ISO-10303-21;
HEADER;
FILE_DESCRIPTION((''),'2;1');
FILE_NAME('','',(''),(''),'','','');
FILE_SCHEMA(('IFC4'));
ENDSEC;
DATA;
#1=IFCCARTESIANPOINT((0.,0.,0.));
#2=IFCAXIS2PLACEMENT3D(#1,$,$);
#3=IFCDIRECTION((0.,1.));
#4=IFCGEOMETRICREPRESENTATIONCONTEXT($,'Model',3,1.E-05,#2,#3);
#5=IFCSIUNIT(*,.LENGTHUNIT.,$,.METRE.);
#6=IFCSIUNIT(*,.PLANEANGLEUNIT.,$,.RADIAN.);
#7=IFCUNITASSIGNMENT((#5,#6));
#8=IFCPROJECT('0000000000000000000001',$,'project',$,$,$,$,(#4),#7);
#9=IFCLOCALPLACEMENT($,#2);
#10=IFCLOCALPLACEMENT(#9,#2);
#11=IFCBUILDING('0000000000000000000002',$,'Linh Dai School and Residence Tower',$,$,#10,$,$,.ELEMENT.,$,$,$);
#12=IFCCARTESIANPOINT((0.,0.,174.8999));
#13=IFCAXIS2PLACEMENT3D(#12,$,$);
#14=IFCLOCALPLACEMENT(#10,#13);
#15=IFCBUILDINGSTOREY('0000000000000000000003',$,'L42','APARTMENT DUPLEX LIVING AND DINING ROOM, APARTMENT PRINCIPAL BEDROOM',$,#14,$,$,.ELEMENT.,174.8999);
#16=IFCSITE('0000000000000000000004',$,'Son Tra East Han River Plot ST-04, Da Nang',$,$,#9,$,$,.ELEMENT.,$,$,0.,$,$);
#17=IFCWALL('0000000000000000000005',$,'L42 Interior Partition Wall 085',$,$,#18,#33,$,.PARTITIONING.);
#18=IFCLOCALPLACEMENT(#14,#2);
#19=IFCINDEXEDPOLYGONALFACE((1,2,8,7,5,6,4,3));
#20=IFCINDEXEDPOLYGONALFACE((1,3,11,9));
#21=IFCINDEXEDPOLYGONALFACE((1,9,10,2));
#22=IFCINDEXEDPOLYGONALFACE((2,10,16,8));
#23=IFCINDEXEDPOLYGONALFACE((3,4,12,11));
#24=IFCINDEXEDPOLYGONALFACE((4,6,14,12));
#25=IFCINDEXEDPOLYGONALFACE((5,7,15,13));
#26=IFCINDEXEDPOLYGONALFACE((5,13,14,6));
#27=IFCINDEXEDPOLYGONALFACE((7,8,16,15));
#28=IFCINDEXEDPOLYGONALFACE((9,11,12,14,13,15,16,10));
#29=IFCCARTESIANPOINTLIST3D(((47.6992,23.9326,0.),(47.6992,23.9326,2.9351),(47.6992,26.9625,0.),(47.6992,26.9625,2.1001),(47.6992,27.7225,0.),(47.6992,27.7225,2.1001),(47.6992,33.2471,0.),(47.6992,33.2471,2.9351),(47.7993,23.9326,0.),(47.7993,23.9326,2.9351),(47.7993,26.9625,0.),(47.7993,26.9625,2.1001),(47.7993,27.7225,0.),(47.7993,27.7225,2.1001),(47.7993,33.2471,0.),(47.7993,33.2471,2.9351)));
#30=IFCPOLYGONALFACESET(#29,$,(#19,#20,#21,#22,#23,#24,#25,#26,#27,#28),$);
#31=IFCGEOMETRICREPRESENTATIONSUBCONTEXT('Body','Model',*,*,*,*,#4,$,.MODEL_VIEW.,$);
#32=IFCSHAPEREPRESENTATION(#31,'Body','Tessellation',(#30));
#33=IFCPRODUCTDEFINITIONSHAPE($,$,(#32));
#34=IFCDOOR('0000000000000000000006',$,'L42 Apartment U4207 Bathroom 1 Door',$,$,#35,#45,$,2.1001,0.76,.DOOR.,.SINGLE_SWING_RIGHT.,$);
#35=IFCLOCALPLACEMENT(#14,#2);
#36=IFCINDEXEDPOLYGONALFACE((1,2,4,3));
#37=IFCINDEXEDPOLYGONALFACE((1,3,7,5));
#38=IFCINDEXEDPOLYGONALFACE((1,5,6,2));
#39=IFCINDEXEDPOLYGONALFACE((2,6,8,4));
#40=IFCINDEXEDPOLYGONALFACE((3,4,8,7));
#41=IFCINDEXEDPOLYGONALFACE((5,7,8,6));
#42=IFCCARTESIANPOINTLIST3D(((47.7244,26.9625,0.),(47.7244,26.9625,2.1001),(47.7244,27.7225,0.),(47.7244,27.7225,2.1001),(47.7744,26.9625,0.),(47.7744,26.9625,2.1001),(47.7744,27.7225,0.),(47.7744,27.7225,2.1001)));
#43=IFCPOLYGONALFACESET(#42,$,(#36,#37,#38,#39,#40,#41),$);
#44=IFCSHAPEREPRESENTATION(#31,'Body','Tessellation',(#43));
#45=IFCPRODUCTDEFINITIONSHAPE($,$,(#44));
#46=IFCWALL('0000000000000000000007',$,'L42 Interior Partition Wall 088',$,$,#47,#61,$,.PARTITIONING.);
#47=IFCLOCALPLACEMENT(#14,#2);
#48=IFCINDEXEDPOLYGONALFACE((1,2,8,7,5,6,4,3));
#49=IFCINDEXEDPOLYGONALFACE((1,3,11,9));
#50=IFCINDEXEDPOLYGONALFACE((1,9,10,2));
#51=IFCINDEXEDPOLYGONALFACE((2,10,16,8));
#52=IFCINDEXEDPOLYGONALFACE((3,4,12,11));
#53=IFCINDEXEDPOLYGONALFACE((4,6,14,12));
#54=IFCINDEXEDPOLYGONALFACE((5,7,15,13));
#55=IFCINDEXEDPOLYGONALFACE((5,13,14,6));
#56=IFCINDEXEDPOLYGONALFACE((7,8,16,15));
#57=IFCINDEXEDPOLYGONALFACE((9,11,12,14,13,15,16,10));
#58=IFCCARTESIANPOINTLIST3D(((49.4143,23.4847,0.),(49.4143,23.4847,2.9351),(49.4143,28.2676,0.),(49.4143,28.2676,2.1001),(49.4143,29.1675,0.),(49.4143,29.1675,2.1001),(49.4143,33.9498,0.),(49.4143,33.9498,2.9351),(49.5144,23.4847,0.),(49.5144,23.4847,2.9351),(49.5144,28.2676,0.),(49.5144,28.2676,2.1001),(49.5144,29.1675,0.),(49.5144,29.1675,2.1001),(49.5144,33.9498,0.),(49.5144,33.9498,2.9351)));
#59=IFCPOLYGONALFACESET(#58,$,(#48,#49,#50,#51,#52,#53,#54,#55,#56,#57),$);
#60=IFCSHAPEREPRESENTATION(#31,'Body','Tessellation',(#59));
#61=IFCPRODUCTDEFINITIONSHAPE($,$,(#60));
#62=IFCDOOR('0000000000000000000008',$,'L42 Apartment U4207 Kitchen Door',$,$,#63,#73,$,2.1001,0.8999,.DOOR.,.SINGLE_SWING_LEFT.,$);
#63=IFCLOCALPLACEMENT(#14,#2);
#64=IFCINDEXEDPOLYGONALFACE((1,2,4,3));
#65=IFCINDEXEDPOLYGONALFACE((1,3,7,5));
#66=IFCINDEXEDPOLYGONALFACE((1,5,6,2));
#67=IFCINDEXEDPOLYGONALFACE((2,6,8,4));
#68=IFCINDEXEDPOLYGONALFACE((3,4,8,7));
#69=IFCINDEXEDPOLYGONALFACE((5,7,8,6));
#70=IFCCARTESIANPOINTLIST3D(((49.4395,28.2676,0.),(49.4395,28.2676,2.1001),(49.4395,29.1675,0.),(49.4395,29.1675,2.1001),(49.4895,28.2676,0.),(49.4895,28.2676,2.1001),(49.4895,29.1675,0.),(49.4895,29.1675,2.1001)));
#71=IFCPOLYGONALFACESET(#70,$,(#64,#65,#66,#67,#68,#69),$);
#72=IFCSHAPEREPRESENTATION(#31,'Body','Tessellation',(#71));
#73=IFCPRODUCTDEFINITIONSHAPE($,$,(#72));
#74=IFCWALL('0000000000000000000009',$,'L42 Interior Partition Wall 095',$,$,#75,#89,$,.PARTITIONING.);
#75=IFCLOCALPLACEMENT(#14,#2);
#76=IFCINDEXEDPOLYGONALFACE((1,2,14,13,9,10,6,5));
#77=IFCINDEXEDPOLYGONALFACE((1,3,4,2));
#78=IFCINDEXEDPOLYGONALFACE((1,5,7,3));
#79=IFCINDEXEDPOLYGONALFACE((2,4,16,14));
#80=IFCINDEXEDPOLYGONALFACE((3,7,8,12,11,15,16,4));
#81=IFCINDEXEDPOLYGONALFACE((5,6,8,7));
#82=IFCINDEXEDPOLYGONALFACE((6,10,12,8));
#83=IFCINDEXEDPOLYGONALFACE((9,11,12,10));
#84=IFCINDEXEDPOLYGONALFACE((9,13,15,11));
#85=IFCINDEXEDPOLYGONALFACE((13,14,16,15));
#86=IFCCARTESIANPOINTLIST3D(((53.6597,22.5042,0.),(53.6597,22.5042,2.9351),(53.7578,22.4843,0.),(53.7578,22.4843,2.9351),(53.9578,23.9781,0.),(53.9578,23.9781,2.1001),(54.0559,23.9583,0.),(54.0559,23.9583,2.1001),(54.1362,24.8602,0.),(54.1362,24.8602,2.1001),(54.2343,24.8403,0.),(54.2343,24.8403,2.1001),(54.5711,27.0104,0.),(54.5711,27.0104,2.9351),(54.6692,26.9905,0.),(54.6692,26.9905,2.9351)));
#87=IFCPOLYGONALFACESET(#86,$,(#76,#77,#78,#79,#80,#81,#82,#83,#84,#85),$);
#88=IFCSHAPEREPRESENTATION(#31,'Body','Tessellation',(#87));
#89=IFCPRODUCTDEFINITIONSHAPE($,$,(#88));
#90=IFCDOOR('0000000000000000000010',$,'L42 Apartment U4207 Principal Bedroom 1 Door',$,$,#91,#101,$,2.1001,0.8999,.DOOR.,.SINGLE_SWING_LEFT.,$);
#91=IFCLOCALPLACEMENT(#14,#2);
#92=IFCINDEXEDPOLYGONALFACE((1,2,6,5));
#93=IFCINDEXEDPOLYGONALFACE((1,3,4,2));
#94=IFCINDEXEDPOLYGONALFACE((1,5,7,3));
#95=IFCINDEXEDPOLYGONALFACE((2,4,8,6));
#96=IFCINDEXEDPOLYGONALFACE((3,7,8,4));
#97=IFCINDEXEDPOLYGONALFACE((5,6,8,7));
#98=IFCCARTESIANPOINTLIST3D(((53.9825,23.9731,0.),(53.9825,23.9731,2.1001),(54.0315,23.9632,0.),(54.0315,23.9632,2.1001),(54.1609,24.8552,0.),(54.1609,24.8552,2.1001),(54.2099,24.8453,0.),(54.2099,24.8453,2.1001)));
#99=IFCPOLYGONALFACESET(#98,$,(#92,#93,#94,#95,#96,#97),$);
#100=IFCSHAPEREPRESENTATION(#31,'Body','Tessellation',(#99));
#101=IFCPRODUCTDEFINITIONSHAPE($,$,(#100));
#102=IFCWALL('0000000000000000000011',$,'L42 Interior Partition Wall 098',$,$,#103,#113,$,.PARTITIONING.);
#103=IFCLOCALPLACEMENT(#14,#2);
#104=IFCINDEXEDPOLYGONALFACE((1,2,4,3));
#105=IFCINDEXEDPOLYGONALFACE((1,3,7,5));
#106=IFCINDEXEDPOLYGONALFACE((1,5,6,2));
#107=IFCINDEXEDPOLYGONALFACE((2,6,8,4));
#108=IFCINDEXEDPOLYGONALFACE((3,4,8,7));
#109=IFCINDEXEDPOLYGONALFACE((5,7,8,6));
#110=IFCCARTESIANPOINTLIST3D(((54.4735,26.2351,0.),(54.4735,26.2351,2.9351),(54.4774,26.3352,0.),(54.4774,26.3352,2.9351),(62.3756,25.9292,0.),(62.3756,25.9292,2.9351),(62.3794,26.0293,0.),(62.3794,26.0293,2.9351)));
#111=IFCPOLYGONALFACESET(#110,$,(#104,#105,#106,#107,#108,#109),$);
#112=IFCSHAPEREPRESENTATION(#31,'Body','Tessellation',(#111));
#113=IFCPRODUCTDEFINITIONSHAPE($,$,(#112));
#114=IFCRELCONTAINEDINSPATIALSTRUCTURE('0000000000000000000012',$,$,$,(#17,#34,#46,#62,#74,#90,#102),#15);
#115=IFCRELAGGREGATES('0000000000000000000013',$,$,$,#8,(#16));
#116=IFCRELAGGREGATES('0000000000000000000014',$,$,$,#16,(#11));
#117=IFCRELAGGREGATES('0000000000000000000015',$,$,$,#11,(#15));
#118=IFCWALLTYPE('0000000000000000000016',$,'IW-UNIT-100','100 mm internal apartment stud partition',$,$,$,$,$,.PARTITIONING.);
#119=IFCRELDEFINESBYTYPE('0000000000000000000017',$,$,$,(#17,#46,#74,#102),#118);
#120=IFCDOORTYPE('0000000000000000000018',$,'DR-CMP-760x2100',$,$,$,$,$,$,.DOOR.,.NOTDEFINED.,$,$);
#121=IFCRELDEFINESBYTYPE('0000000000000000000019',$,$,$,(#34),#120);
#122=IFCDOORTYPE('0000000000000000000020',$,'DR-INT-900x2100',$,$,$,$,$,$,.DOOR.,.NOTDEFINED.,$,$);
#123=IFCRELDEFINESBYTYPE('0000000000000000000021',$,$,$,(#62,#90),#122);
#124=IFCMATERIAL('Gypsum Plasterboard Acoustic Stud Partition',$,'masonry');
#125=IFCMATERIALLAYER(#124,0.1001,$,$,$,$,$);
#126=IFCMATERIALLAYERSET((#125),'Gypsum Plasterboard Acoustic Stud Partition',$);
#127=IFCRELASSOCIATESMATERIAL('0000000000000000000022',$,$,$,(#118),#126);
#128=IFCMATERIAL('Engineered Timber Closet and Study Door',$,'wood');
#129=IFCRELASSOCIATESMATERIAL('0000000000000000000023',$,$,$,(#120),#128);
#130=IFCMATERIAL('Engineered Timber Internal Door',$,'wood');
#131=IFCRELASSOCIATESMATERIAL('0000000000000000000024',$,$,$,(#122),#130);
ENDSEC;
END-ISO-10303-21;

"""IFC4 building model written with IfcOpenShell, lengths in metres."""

from ifc_helpers import new_model, si_unit, direction, frame, frame_2d, origin, origin_2d, place, context, subcontext, project, spatial, rectangle, extrude, source, transform, mapped, material, layer, layer_set, type_object, element, fill, save


model = new_model("IFC4")

# Units and contexts
model_context = context("Model", 3, precision=1e-05, world=origin(), true_north=direction((0.0, 1.0)))
body_context = subcontext(model_context, "Body", "Model", "MODEL_VIEW")
ifc_project = project(units=[si_unit("LENGTHUNIT", "METRE"), si_unit("PLANEANGLEUNIT", "RADIAN")], contexts=[model_context])

# Site, building, storey
site_placement = place(None, origin())
site = spatial("IfcSite", under=ifc_project, at=site_placement, Name="Son Tra East Han River Plot ST-04, Da Nang", CompositionType="ELEMENT", RefElevation=0.0)
building_placement = place(site_placement, origin())
building = spatial("IfcBuilding", under=site, at=building_placement, Name="Linh Dai School and Residence Tower", CompositionType="ELEMENT")
storey_placement = place(building_placement, frame((0.0, 0.0, 174.8999)))
storey = spatial("IfcBuildingStorey", under=building, at=storey_placement, Name="L42", Description="APARTMENT DUPLEX LIVING AND DINING ROOM, APARTMENT PRINCIPAL BEDROOM", CompositionType="ELEMENT", Elevation=174.8999)

# Walls, openings, doors
ifc_material_1 = material(Name="Gypsum Plasterboard Acoustic Stud Partition", Category="masonry")
ifc_layer_1 = layer(ifc_material_1, 0.1001)
ifc_layer_set_1 = layer_set([ifc_layer_1], Name="Gypsum Plasterboard Acoustic Stud Partition")
wall_type_1 = type_object("IfcWallType", Name="IW-UNIT-100", Description="100 mm internal apartment stud partition", PredefinedType="PARTITIONING", material=ifc_layer_set_1)
wall_1_placement = place(storey_placement, frame((47.7493, 23.9326, 0.0), z_axis=(0.0, 0.0, 1.0), x_axis=(0.0, 1.0, 0.0)))
wall_1 = element("IfcWall", 1, at=wall_1_placement, inside=storey, type_object=wall_type_1, Name="L42 Interior Partition Wall 085", PredefinedType="PARTITIONING", context=body_context, shape_type="SweptSolid", body=[
    extrude(rectangle(XDim=9.3145, YDim=0.1001, at=frame_2d((4.6572, 0.0))), origin(), (0.0, 0.0, 1.0), 2.9351),
])
opening_1_placement = place(wall_1_placement, frame((3.03, 0.0, 0.0)))
opening_1 = element("IfcOpeningElement", 2, at=opening_1_placement, cuts=wall_1, PredefinedType="OPENING", context=body_context, shape_type="SweptSolid", body=[
    extrude(rectangle(XDim=0.76, YDim=2.1001, at=origin_2d()), frame((0.3799, 0.0601, 1.05), z_axis=(0.0, -1.0, 0.0), x_axis=(1.0, 0.0, 0.0)), (0.0, 0.0, 1.0), 0.1201),
])
ifc_material_2 = material(Name="Engineered Timber Closet and Study Door", Category="wood")
door_type_1 = type_object("IfcDoorType", Name="DR-CMP-760x2100", OperationType="NOTDEFINED", PredefinedType="DOOR", material=ifc_material_2)
shared_shape_1 = source(origin(), body_context, "Body", "SweptSolid", [
    extrude(rectangle(XDim=0.76, YDim=2.1001, at=origin_2d()), frame((0.3799, 0.0249, 1.05), z_axis=(0.0, -1.0, 0.0), x_axis=(1.0, 0.0, 0.0)), (0.0, 0.0, 1.0), 0.05),
])
door_1_placement = place(opening_1_placement, origin())
door_1 = element("IfcDoor", 3, at=door_1_placement, inside=storey, type_object=door_type_1, Name="L42 Apartment U4207 Bathroom 1 Door", OperationType="SINGLE_SWING_RIGHT", OverallHeight=2.1001, OverallWidth=0.76, PredefinedType="DOOR", context=body_context, shape_type="MappedRepresentation", body=[
    mapped(shared_shape_1, transform((0.0, 0.0, 0.0), x_axis=(1.0, 0.0, 0.0), y_axis=(0.0, 1.0, 0.0), z_axis=(0.0, 0.0, 1.0), scale=1.0)),
])
fill(opening_1, door_1)
wall_2_placement = place(storey_placement, frame((49.4644, 23.4849, 0.0), z_axis=(0.0, 0.0, 1.0), x_axis=(0.0, 1.0, 0.0)))
wall_2 = element("IfcWall", 4, at=wall_2_placement, inside=storey, type_object=wall_type_1, Name="L42 Interior Partition Wall 088", PredefinedType="PARTITIONING", context=body_context, shape_type="SweptSolid", body=[
    extrude(rectangle(XDim=10.4651, YDim=0.1001, at=frame_2d((5.2324, 0.0))), origin(), (0.0, 0.0, 1.0), 2.9351),
])
opening_2_placement = place(wall_2_placement, frame((4.7827, 0.0, 0.0)))
opening_2 = element("IfcOpeningElement", 5, at=opening_2_placement, cuts=wall_2, PredefinedType="OPENING", context=body_context, shape_type="SweptSolid", body=[
    extrude(rectangle(XDim=0.8999, YDim=2.1001, at=origin_2d()), frame((0.45, 0.0601, 1.05), z_axis=(0.0, -1.0, 0.0), x_axis=(1.0, 0.0, 0.0)), (0.0, 0.0, 1.0), 0.1201),
])
ifc_material_3 = material(Name="Engineered Timber Internal Door", Category="wood")
door_type_2 = type_object("IfcDoorType", Name="DR-INT-900x2100", OperationType="NOTDEFINED", PredefinedType="DOOR", material=ifc_material_3)
shared_shape_2 = source(origin(), body_context, "Body", "SweptSolid", [
    extrude(rectangle(XDim=0.8999, YDim=2.1001, at=origin_2d()), frame((0.45, 0.0249, 1.05), z_axis=(0.0, -1.0, 0.0), x_axis=(1.0, 0.0, 0.0)), (0.0, 0.0, 1.0), 0.05),
])
door_2_placement = place(opening_2_placement, origin())
door_2 = element("IfcDoor", 6, at=door_2_placement, inside=storey, type_object=door_type_2, Name="L42 Apartment U4207 Kitchen Door", OperationType="SINGLE_SWING_LEFT", OverallHeight=2.1001, OverallWidth=0.8999, PredefinedType="DOOR", context=body_context, shape_type="MappedRepresentation", body=[
    mapped(shared_shape_2, transform((0.0, 0.0, 0.0), x_axis=(1.0, 0.0, 0.0), y_axis=(0.0, 1.0, 0.0), z_axis=(0.0, 0.0, 1.0), scale=1.0)),
])
fill(opening_2, door_2)
wall_3_placement = place(storey_placement, frame((53.7087, 22.4941, 0.0), z_axis=(0.0, 0.0, 1.0), x_axis=(0.19824, 0.980154, 0.0)))
wall_3 = element("IfcWall", 7, at=wall_3_placement, inside=storey, type_object=wall_type_1, Name="L42 Interior Partition Wall 095", PredefinedType="PARTITIONING", context=body_context, shape_type="SweptSolid", body=[
    extrude(rectangle(XDim=4.5974, YDim=0.1001, at=frame_2d((2.2988, 0.0))), origin(), (0.0, 0.0, 1.0), 2.9351),
])
opening_3_placement = place(wall_3_placement, frame((1.5039, 0.0, 0.0)))
opening_3 = element("IfcOpeningElement", 8, at=opening_3_placement, cuts=wall_3, PredefinedType="OPENING", context=body_context, shape_type="SweptSolid", body=[
    extrude(rectangle(XDim=0.8999, YDim=2.1001, at=origin_2d()), frame((0.45, 0.0601, 1.05), z_axis=(0.0, -1.0, 0.0), x_axis=(1.0, 0.0, 0.0)), (0.0, 0.0, 1.0), 0.1201),
])
door_3_placement = place(opening_3_placement, origin())
door_3 = element("IfcDoor", 9, at=door_3_placement, inside=storey, type_object=door_type_2, Name="L42 Apartment U4207 Principal Bedroom 1 Door", OperationType="SINGLE_SWING_LEFT", OverallHeight=2.1001, OverallWidth=0.8999, PredefinedType="DOOR", context=body_context, shape_type="MappedRepresentation", body=[
    mapped(shared_shape_2, transform((0.0, 0.0, 0.0), x_axis=(1.0, 0.0, 0.0), y_axis=(0.0, 1.0, 0.0), z_axis=(0.0, 0.0, 1.0), scale=1.0)),
])
fill(opening_3, door_3)

# Wall
wall_4_placement = place(storey_placement, frame((54.4753, 26.2852, 0.0), z_axis=(0.0, 0.0, 1.0), x_axis=(0.999252, -0.038683, 0.0)))
element("IfcWall", 10, at=wall_4_placement, inside=storey, type_object=wall_type_1, Name="L42 Interior Partition Wall 098", PredefinedType="PARTITIONING", context=body_context, shape_type="SweptSolid", body=[
    extrude(rectangle(XDim=7.908, YDim=0.1001, at=frame_2d((3.9541, 0.0))), origin(), (0.0, 0.0, 1.0), 2.9351),
])

save(model, "model.ifc")
